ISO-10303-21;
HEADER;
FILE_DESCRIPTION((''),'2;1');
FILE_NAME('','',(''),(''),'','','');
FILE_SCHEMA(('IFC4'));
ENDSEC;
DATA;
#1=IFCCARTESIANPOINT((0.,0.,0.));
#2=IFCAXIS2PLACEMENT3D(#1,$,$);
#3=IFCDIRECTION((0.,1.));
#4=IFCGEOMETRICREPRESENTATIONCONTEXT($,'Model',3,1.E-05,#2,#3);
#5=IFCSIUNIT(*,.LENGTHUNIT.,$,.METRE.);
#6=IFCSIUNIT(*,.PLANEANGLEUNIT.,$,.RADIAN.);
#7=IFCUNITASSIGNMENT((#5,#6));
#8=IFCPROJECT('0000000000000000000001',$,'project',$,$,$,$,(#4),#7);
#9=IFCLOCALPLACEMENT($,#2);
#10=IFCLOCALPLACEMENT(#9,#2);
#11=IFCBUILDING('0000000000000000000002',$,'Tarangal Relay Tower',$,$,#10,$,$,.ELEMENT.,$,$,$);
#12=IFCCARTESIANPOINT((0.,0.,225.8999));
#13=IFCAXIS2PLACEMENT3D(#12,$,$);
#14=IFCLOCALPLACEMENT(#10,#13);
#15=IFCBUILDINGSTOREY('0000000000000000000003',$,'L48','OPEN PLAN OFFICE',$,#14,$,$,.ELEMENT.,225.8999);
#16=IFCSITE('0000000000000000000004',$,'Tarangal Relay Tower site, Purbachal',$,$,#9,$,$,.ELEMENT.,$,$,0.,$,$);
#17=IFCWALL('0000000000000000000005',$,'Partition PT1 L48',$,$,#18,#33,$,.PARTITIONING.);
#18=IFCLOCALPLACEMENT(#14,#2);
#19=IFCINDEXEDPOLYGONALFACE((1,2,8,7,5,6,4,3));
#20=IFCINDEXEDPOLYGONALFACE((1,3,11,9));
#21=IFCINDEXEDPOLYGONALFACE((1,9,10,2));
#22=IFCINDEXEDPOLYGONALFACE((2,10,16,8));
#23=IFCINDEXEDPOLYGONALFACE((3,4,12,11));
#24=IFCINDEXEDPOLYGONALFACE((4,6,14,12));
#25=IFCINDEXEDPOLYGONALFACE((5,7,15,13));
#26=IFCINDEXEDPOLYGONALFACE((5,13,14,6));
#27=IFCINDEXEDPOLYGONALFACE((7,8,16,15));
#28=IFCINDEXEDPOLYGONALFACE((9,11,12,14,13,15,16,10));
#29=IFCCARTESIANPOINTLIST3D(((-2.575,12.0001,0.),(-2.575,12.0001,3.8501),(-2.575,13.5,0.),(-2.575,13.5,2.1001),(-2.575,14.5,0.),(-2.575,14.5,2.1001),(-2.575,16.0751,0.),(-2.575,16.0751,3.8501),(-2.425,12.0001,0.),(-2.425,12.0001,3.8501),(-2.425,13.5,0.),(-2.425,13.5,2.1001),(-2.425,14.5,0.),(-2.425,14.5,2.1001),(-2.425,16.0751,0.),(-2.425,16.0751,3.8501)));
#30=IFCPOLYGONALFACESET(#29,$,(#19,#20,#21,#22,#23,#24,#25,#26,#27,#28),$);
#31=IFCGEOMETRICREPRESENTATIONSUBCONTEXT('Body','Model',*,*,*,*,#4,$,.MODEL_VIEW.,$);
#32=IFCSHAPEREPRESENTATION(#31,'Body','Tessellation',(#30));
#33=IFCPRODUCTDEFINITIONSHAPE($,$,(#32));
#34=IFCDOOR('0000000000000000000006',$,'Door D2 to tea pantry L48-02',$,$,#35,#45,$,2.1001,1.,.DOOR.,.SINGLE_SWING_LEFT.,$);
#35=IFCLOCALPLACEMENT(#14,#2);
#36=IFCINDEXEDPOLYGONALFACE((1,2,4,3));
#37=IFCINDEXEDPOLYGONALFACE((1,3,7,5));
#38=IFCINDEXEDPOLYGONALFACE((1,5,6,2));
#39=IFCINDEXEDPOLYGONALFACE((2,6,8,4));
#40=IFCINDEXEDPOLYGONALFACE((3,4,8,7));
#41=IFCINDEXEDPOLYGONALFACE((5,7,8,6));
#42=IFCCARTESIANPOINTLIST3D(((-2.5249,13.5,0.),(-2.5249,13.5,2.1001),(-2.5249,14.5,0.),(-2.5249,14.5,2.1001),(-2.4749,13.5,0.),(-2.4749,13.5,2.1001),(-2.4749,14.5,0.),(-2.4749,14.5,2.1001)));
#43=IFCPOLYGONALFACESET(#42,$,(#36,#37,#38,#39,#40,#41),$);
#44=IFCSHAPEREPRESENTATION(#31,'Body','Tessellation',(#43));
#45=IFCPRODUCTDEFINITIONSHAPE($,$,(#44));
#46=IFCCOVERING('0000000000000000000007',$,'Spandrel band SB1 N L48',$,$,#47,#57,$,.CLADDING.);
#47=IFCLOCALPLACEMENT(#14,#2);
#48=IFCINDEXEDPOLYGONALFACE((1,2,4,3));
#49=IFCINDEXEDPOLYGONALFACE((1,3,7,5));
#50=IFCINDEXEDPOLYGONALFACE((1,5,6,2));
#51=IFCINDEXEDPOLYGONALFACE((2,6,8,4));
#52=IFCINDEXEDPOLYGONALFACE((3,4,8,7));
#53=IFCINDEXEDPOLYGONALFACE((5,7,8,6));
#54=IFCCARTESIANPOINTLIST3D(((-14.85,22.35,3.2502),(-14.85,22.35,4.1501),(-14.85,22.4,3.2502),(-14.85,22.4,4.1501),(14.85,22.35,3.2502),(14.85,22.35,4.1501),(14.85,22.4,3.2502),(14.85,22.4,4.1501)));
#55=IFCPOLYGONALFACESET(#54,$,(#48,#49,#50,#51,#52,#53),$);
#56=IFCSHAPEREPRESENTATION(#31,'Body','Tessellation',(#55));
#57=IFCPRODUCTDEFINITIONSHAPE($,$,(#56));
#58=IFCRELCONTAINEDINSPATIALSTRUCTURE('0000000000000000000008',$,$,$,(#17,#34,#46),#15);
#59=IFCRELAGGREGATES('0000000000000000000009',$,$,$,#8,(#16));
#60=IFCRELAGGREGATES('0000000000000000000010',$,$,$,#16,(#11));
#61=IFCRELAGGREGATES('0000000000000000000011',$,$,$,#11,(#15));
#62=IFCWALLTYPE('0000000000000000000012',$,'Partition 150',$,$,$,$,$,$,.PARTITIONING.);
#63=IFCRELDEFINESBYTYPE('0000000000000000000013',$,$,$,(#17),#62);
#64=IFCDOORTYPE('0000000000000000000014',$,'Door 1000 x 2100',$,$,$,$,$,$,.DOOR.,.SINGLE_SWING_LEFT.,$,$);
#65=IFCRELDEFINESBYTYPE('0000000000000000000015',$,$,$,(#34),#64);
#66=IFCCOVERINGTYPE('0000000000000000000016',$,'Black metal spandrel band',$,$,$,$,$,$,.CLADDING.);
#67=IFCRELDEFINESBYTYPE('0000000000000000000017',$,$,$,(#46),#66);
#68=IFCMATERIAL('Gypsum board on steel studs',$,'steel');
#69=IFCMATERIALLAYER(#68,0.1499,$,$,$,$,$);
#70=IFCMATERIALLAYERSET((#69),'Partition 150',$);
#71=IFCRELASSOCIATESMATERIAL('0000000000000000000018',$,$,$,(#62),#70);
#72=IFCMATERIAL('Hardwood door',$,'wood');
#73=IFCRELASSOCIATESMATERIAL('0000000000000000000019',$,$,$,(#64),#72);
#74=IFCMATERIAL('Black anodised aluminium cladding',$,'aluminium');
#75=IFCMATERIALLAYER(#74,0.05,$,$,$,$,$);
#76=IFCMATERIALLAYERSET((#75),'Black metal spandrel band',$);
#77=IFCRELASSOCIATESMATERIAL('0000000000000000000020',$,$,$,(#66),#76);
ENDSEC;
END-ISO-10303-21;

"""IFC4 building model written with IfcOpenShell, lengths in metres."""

from ifc_helpers import new_model, si_unit, direction, frame, frame_2d, origin, origin_2d, place, context, subcontext, project, spatial, rectangle, extrude, material, layer, layer_set, type_object, element, fill, save


model = new_model("IFC4")

# Units and contexts
model_context = context("Model", 3, precision=1e-05, world=origin(), true_north=direction((0.0, 1.0)))
body_context = subcontext(model_context, "Body", "Model", "MODEL_VIEW")
ifc_project = project(units=[si_unit("LENGTHUNIT", "METRE"), si_unit("PLANEANGLEUNIT", "RADIAN")], contexts=[model_context])

# Site, building, storey
site_placement = place(None, origin())
site = spatial("IfcSite", under=ifc_project, at=site_placement, Name="Tarangal Relay Tower site, Purbachal", CompositionType="ELEMENT", RefElevation=0.0)
building_placement = place(site_placement, origin())
building = spatial("IfcBuilding", under=site, at=building_placement, Name="Tarangal Relay Tower", CompositionType="ELEMENT")
storey_placement = place(building_placement, frame((0.0, 0.0, 225.8999)))
storey = spatial("IfcBuildingStorey", under=building, at=storey_placement, Name="L48", Description="OPEN PLAN OFFICE", CompositionType="ELEMENT", Elevation=225.8999)

# Shared definitions
ifc_material_1 = material(Name="Gypsum board on steel studs", Category="steel")
ifc_layer_1 = layer(ifc_material_1, 0.1499)
ifc_layer_set_1 = layer_set([ifc_layer_1], Name="Partition 150")
wall_type_1 = type_object("IfcWallType", Name="Partition 150", PredefinedType="PARTITIONING", material=ifc_layer_set_1)

# Wall, opening, door
wall_1_placement = place(storey_placement, frame((-2.5, 12.0, 0.0), z_axis=(0.0, 0.0, 1.0), x_axis=(0.0, 1.0, 0.0)))
wall_1 = element("IfcWall", 1, at=wall_1_placement, inside=storey, type_object=wall_type_1, Name="Partition PT1 L48", PredefinedType="PARTITIONING", context=body_context, shape_type="SweptSolid", body=[
    extrude(rectangle(XDim=4.075, YDim=0.1499, at=frame_2d((2.0376, 0.0))), origin(), (0.0, 0.0, 1.0), 3.8501),
])
opening_placement = place(wall_1_placement, frame((1.5, 0.0, 0.0)))
opening = element("IfcOpeningElement", 2, at=opening_placement, cuts=wall_1, PredefinedType="OPENING", context=body_context, shape_type="SweptSolid", body=[
    extrude(rectangle(XDim=1.0, YDim=2.1001, at=frame_2d((0.5, 1.05))), frame((0.0, 0.085, 0.0), z_axis=(0.0, -1.0, 0.0), x_axis=(1.0, 0.0, 0.0)), (0.0, 0.0, 1.0), 0.1699),
])
ifc_material_2 = material(Name="Hardwood door", Category="wood")
door_type = type_object("IfcDoorType", Name="Door 1000 x 2100", OperationType="SINGLE_SWING_LEFT", PredefinedType="DOOR", material=ifc_material_2)
door_placement = place(opening_placement, origin())
door = element("IfcDoor", 3, at=door_placement, inside=storey, type_object=door_type, Name="Door D2 to tea pantry L48-02", OperationType="SINGLE_SWING_LEFT", OverallHeight=2.1001, OverallWidth=1.0, PredefinedType="DOOR", context=body_context, shape_type="SweptSolid", body=[
    extrude(rectangle(XDim=1.0, YDim=2.1001, at=frame_2d((0.5, 1.05))), frame((0.0, 0.0249, 0.0), z_axis=(0.0, -1.0, 0.0), x_axis=(1.0, 0.0, 0.0)), (0.0, 0.0, 1.0), 0.05),
])
fill(opening, door)

# Covering
ifc_material_3 = material(Name="Black anodised aluminium cladding", Category="aluminium")
ifc_layer_2 = layer(ifc_material_3, 0.05)
ifc_layer_set_2 = layer_set([ifc_layer_2], Name="Black metal spandrel band")
covering_type = type_object("IfcCoveringType", Name="Black metal spandrel band", PredefinedType="CLADDING", material=ifc_layer_set_2)
covering_placement = place(storey_placement, frame((0.0, 22.375, 3.2502), z_axis=(0.0, 0.0, 1.0), x_axis=(1.0, 0.0, 0.0)))
element("IfcCovering", 4, at=covering_placement, inside=storey, type_object=covering_type, Name="Spandrel band SB1 N L48", PredefinedType="CLADDING", context=body_context, shape_type="SweptSolid", body=[
    extrude(rectangle(XDim=29.7, YDim=0.05, at=origin_2d()), origin(), (0.0, 0.0, 1.0), 0.8999),
])

save(model, "model.ifc")
